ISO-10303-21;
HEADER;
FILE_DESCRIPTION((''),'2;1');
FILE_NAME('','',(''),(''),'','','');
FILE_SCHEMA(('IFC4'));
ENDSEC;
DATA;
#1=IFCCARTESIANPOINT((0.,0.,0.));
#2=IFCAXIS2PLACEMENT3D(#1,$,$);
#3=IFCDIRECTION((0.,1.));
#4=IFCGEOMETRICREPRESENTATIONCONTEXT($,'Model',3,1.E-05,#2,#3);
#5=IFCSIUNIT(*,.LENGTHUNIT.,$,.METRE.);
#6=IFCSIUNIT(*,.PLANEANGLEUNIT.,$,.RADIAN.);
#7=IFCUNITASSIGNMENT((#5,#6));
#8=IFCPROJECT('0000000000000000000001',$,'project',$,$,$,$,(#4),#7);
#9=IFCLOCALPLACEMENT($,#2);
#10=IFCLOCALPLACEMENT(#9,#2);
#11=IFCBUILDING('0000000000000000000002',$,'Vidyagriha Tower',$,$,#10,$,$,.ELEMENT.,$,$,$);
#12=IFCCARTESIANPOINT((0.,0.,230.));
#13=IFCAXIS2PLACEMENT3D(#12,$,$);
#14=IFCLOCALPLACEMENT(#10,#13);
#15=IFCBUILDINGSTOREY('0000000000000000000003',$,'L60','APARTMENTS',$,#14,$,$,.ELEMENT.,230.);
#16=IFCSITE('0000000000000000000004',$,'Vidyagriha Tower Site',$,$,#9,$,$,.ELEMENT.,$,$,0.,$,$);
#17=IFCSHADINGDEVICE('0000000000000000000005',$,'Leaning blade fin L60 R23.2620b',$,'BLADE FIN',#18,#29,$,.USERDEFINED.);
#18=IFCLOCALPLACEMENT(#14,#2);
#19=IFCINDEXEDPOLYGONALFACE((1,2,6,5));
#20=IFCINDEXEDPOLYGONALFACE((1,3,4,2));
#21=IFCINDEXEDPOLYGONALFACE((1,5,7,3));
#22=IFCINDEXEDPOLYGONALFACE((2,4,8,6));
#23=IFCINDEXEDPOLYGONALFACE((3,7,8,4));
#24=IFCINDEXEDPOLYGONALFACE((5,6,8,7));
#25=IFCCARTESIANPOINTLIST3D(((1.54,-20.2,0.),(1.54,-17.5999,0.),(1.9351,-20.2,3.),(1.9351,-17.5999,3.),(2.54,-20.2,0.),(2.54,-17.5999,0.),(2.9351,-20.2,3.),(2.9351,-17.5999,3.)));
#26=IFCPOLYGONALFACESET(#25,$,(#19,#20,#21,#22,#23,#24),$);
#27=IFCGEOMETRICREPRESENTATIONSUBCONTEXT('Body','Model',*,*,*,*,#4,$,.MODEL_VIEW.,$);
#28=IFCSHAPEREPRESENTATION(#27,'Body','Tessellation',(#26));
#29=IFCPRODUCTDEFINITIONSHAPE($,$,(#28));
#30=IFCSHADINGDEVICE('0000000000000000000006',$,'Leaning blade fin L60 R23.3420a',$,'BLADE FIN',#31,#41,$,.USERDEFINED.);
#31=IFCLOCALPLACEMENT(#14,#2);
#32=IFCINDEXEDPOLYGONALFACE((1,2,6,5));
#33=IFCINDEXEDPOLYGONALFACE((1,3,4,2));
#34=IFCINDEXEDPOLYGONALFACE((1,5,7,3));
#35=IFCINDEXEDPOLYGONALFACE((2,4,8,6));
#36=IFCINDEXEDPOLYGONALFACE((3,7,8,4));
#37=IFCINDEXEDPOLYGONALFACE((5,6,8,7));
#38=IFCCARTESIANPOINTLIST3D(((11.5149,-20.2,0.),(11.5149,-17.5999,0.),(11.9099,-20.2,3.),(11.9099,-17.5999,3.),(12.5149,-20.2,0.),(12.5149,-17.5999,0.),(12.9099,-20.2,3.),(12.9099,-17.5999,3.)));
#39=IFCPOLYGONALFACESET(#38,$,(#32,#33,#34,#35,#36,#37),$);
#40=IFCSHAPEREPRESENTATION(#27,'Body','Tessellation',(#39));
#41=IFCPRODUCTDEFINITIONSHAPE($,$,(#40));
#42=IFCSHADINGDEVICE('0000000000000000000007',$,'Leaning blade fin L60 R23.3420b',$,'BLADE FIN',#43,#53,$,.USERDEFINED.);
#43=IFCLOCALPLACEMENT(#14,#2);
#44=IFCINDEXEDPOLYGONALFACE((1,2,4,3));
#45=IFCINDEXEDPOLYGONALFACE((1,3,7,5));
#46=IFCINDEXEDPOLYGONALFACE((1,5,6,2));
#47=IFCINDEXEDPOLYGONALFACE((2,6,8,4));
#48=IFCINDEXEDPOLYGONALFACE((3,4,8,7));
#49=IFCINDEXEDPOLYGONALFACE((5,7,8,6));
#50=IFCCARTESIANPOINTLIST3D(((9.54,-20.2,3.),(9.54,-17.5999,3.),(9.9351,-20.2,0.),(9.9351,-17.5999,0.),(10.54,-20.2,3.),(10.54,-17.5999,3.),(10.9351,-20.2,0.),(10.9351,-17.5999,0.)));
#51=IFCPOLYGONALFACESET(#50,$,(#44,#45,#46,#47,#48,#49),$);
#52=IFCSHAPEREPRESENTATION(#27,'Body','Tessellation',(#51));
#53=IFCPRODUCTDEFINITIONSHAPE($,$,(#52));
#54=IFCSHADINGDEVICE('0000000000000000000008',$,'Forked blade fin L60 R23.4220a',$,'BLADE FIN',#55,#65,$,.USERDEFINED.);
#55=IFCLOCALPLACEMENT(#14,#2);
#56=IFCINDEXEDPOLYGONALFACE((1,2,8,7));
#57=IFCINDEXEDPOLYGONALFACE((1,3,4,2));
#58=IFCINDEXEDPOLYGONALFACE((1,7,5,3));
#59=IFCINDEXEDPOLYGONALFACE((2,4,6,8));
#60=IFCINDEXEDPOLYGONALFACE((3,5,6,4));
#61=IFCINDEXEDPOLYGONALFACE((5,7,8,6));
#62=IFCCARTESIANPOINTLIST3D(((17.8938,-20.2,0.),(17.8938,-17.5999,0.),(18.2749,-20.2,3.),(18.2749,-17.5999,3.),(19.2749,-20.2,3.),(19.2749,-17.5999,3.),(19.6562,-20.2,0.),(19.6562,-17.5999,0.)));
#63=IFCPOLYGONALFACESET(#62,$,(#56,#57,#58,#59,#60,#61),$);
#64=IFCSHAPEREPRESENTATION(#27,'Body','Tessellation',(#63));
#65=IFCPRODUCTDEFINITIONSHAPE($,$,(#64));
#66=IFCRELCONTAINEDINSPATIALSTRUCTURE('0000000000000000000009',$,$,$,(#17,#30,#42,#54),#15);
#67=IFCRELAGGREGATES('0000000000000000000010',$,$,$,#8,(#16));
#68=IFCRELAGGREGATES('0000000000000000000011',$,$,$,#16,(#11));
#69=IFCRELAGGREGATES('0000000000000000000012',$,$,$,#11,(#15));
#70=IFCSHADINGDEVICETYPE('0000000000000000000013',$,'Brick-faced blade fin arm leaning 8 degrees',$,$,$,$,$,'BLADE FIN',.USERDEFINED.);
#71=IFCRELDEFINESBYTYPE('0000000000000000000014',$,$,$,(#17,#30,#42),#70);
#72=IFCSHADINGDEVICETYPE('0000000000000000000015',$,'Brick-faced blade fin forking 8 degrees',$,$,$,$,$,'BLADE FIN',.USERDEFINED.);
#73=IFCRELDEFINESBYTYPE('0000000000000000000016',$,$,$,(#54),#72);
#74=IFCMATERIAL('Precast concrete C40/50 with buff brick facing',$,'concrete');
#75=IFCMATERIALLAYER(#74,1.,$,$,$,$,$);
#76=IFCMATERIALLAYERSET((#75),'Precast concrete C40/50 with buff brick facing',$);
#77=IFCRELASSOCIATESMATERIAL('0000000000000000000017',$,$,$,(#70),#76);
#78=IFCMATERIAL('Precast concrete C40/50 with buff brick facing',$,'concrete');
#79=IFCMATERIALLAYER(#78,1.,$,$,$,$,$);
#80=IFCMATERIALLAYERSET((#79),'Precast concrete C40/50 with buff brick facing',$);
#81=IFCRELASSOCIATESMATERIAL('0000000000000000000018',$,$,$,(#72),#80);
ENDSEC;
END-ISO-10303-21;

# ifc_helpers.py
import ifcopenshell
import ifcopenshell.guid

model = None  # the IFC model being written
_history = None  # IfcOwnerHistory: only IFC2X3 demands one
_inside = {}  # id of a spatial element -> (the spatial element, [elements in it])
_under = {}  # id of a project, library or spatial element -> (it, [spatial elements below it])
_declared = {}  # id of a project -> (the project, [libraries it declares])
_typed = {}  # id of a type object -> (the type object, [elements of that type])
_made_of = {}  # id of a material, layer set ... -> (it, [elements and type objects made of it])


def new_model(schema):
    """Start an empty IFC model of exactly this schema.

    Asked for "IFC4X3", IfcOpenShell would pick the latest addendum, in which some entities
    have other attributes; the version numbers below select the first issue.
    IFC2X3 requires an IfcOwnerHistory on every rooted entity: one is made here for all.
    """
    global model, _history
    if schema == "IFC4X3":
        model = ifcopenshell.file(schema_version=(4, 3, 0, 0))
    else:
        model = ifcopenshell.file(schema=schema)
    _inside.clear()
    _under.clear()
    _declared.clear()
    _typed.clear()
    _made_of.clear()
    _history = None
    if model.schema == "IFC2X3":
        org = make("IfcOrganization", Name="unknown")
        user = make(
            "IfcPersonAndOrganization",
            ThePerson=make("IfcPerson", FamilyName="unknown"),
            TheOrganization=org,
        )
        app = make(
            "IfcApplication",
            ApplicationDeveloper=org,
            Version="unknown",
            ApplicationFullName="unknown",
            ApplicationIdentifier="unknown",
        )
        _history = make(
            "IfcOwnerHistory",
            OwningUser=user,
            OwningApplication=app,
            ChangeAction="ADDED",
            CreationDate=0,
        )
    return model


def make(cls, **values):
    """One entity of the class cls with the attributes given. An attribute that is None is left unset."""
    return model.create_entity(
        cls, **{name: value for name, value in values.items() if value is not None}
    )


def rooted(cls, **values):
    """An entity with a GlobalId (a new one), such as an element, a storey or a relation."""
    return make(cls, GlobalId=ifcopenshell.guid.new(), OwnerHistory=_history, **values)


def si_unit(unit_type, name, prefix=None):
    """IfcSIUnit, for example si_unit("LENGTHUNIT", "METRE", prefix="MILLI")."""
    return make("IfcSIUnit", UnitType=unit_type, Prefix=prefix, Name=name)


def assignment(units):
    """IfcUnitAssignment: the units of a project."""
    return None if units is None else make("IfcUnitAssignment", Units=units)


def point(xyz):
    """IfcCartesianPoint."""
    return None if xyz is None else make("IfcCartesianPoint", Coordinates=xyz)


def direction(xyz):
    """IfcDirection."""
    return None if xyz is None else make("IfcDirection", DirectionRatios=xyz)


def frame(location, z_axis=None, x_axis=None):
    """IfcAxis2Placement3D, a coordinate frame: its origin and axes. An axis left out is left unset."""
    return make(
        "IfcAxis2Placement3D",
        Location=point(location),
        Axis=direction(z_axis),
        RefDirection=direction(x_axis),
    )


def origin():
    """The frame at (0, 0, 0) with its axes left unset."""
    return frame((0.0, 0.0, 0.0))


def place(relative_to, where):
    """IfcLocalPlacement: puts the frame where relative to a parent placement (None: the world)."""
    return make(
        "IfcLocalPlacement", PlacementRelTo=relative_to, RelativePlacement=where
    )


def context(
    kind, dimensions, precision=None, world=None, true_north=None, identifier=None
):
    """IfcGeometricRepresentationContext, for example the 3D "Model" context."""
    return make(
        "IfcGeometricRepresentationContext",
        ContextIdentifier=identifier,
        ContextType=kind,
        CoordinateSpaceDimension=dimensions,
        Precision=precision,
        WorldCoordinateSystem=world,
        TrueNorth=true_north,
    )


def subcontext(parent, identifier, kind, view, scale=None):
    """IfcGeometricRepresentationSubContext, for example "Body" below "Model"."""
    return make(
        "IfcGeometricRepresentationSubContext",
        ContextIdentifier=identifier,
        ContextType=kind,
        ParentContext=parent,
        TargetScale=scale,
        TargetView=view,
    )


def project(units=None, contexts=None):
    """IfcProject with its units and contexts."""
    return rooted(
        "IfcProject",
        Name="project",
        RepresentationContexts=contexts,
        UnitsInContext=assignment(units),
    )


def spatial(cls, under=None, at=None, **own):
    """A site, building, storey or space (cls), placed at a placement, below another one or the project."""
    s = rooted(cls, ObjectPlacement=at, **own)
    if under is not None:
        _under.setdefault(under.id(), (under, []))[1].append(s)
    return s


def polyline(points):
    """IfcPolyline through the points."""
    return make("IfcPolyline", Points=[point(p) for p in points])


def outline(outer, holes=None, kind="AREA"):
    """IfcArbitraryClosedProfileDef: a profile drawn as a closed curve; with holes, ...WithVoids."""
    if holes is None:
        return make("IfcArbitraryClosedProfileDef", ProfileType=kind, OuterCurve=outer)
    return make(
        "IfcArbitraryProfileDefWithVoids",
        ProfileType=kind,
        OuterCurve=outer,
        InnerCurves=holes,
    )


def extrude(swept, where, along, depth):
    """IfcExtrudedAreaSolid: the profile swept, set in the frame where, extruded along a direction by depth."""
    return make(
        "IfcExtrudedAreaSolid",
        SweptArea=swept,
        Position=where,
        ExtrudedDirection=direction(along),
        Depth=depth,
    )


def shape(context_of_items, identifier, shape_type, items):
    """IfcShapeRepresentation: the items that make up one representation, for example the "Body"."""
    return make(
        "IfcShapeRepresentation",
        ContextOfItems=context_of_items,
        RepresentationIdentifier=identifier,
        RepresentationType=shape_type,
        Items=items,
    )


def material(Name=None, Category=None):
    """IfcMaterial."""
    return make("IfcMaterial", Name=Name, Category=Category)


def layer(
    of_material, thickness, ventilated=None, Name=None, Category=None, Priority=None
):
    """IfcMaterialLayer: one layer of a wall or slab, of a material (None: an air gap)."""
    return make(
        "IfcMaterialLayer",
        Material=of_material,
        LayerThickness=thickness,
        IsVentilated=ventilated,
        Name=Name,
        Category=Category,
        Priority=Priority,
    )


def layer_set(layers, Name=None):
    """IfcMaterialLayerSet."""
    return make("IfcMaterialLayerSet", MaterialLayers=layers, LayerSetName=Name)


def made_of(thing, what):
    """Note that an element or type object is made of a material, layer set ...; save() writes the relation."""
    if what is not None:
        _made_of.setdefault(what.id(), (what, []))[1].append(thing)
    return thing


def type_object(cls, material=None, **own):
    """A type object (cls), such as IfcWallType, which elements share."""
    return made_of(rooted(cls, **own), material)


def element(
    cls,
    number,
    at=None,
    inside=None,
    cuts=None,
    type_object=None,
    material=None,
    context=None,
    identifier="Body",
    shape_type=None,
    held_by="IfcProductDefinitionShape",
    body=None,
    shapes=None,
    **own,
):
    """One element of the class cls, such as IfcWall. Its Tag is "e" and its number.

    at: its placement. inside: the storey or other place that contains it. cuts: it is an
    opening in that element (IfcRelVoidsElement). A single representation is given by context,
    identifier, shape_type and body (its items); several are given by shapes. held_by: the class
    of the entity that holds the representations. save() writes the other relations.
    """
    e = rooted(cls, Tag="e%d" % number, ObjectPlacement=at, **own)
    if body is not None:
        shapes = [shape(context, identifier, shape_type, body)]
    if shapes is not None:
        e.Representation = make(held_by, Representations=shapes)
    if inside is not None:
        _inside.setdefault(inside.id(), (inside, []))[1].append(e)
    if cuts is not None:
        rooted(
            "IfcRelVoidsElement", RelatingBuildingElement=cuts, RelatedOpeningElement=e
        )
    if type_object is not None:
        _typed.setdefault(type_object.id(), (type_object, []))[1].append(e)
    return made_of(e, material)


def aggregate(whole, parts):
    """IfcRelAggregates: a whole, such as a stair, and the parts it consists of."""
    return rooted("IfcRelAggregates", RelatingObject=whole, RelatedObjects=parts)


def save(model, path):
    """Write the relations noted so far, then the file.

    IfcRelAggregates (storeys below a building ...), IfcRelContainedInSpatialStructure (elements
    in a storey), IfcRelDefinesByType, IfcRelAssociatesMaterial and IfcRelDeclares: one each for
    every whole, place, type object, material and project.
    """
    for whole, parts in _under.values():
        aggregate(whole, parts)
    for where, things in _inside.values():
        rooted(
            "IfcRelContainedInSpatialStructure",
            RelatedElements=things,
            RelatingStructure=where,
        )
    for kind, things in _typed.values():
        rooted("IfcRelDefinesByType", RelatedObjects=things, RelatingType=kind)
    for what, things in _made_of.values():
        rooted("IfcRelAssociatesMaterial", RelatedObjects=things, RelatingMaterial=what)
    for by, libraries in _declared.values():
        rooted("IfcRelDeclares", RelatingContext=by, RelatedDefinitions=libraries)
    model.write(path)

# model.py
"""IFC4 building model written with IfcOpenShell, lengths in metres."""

from ifc_helpers import new_model, si_unit, direction, frame, origin, place, context, subcontext, project, spatial, polyline, outline, extrude, material, layer, layer_set, type_object, element, save


model = new_model("IFC4")

# Units and contexts
model_context = context("Model", 3, precision=1e-05, world=origin(), true_north=direction((0.0, 1.0)))
body_context = subcontext(model_context, "Body", "Model", "MODEL_VIEW")
ifc_project = project(units=[si_unit("LENGTHUNIT", "METRE"), si_unit("PLANEANGLEUNIT", "RADIAN")], contexts=[model_context])

# Site, building, storey
site_placement = place(None, origin())
site = spatial("IfcSite", under=ifc_project, at=site_placement, Name="Vidyagriha Tower Site", CompositionType="ELEMENT", RefElevation=0.0)
building_placement = place(site_placement, origin())
building = spatial("IfcBuilding", under=site, at=building_placement, Name="Vidyagriha Tower", CompositionType="ELEMENT")
storey_placement = place(building_placement, frame((0.0, 0.0, 230.0)))
storey = spatial("IfcBuildingStorey", under=building, at=storey_placement, Name="L60", Description="APARTMENTS", CompositionType="ELEMENT", Elevation=230.0)

# Shading devices
ifc_material_1 = material(Name="Precast concrete C40/50 with buff brick facing", Category="concrete")
ifc_layer_1 = layer(ifc_material_1, 1.0)
ifc_layer_set_1 = layer_set([ifc_layer_1], Name="Precast concrete C40/50 with buff brick facing")
shading_device_type_1 = type_object("IfcShadingDeviceType", Name="Brick-faced blade fin arm leaning 8 degrees", ElementType="BLADE FIN", PredefinedType="USERDEFINED", material=ifc_layer_set_1)
for number, where, name in (
    (1, (1.54, -18.8999, 0.0), "Leaning blade fin L60 R23.2620b"),
    (2, (11.5149, -18.8999, 0.0), "Leaning blade fin L60 R23.3420a"),
):
    element("IfcShadingDevice", number, at=place(storey_placement, frame(where)), inside=storey, type_object=shading_device_type_1, Name=name, ObjectType="BLADE FIN", PredefinedType="USERDEFINED", context=body_context, shape_type="SweptSolid", body=[
        extrude(outline(polyline([(0.0, 0.0), (1.0, 0.0), (1.395, 3.0), (0.395, 3.0), (0.0, 0.0)])), frame((0.0, 1.3, 0.0), z_axis=(0.0, -1.0, 0.0), x_axis=(1.0, 0.0, 0.0)), (0.0, 0.0, 1.0), 2.6001),
    ])
shading_device_1_placement = place(storey_placement, frame((9.54, -18.8999, 0.0)))
element("IfcShadingDevice", 3, at=shading_device_1_placement, inside=storey, type_object=shading_device_type_1, Name="Leaning blade fin L60 R23.3420b", ObjectType="BLADE FIN", PredefinedType="USERDEFINED", context=body_context, shape_type="SweptSolid", body=[
    extrude(outline(polyline([(0.395, 0.0), (1.395, 0.0), (1.0, 3.0), (0.0, 3.0), (0.395, 0.0)])), frame((0.0, 1.3, 0.0), z_axis=(0.0, -1.0, 0.0), x_axis=(1.0, 0.0, 0.0)), (0.0, 0.0, 1.0), 2.6001),
])
ifc_material_2 = material(Name="Precast concrete C40/50 with buff brick facing", Category="concrete")
ifc_layer_2 = layer(ifc_material_2, 1.0)
ifc_layer_set_2 = layer_set([ifc_layer_2], Name="Precast concrete C40/50 with buff brick facing")
shading_device_type_2 = type_object("IfcShadingDeviceType", Name="Brick-faced blade fin forking 8 degrees", ElementType="BLADE FIN", PredefinedType="USERDEFINED", material=ifc_layer_set_2)
shading_device_2_placement = place(storey_placement, frame((17.8938, -18.8999, 0.0)))
element("IfcShadingDevice", 4, at=shading_device_2_placement, inside=storey, type_object=shading_device_type_2, Name="Forked blade fin L60 R23.4220a", ObjectType="BLADE FIN", PredefinedType="USERDEFINED", context=body_context, shape_type="SweptSolid", body=[
    extrude(outline(polyline([(0.0, 0.0), (1.7625, 0.0), (1.3811, 3.0), (0.3811, 3.0), (0.0, 0.0)])), frame((0.0, 1.3, 0.0), z_axis=(0.0, -1.0, 0.0), x_axis=(1.0, 0.0, 0.0)), (0.0, 0.0, 1.0), 2.6001),
])

save(model, "model.ifc")
